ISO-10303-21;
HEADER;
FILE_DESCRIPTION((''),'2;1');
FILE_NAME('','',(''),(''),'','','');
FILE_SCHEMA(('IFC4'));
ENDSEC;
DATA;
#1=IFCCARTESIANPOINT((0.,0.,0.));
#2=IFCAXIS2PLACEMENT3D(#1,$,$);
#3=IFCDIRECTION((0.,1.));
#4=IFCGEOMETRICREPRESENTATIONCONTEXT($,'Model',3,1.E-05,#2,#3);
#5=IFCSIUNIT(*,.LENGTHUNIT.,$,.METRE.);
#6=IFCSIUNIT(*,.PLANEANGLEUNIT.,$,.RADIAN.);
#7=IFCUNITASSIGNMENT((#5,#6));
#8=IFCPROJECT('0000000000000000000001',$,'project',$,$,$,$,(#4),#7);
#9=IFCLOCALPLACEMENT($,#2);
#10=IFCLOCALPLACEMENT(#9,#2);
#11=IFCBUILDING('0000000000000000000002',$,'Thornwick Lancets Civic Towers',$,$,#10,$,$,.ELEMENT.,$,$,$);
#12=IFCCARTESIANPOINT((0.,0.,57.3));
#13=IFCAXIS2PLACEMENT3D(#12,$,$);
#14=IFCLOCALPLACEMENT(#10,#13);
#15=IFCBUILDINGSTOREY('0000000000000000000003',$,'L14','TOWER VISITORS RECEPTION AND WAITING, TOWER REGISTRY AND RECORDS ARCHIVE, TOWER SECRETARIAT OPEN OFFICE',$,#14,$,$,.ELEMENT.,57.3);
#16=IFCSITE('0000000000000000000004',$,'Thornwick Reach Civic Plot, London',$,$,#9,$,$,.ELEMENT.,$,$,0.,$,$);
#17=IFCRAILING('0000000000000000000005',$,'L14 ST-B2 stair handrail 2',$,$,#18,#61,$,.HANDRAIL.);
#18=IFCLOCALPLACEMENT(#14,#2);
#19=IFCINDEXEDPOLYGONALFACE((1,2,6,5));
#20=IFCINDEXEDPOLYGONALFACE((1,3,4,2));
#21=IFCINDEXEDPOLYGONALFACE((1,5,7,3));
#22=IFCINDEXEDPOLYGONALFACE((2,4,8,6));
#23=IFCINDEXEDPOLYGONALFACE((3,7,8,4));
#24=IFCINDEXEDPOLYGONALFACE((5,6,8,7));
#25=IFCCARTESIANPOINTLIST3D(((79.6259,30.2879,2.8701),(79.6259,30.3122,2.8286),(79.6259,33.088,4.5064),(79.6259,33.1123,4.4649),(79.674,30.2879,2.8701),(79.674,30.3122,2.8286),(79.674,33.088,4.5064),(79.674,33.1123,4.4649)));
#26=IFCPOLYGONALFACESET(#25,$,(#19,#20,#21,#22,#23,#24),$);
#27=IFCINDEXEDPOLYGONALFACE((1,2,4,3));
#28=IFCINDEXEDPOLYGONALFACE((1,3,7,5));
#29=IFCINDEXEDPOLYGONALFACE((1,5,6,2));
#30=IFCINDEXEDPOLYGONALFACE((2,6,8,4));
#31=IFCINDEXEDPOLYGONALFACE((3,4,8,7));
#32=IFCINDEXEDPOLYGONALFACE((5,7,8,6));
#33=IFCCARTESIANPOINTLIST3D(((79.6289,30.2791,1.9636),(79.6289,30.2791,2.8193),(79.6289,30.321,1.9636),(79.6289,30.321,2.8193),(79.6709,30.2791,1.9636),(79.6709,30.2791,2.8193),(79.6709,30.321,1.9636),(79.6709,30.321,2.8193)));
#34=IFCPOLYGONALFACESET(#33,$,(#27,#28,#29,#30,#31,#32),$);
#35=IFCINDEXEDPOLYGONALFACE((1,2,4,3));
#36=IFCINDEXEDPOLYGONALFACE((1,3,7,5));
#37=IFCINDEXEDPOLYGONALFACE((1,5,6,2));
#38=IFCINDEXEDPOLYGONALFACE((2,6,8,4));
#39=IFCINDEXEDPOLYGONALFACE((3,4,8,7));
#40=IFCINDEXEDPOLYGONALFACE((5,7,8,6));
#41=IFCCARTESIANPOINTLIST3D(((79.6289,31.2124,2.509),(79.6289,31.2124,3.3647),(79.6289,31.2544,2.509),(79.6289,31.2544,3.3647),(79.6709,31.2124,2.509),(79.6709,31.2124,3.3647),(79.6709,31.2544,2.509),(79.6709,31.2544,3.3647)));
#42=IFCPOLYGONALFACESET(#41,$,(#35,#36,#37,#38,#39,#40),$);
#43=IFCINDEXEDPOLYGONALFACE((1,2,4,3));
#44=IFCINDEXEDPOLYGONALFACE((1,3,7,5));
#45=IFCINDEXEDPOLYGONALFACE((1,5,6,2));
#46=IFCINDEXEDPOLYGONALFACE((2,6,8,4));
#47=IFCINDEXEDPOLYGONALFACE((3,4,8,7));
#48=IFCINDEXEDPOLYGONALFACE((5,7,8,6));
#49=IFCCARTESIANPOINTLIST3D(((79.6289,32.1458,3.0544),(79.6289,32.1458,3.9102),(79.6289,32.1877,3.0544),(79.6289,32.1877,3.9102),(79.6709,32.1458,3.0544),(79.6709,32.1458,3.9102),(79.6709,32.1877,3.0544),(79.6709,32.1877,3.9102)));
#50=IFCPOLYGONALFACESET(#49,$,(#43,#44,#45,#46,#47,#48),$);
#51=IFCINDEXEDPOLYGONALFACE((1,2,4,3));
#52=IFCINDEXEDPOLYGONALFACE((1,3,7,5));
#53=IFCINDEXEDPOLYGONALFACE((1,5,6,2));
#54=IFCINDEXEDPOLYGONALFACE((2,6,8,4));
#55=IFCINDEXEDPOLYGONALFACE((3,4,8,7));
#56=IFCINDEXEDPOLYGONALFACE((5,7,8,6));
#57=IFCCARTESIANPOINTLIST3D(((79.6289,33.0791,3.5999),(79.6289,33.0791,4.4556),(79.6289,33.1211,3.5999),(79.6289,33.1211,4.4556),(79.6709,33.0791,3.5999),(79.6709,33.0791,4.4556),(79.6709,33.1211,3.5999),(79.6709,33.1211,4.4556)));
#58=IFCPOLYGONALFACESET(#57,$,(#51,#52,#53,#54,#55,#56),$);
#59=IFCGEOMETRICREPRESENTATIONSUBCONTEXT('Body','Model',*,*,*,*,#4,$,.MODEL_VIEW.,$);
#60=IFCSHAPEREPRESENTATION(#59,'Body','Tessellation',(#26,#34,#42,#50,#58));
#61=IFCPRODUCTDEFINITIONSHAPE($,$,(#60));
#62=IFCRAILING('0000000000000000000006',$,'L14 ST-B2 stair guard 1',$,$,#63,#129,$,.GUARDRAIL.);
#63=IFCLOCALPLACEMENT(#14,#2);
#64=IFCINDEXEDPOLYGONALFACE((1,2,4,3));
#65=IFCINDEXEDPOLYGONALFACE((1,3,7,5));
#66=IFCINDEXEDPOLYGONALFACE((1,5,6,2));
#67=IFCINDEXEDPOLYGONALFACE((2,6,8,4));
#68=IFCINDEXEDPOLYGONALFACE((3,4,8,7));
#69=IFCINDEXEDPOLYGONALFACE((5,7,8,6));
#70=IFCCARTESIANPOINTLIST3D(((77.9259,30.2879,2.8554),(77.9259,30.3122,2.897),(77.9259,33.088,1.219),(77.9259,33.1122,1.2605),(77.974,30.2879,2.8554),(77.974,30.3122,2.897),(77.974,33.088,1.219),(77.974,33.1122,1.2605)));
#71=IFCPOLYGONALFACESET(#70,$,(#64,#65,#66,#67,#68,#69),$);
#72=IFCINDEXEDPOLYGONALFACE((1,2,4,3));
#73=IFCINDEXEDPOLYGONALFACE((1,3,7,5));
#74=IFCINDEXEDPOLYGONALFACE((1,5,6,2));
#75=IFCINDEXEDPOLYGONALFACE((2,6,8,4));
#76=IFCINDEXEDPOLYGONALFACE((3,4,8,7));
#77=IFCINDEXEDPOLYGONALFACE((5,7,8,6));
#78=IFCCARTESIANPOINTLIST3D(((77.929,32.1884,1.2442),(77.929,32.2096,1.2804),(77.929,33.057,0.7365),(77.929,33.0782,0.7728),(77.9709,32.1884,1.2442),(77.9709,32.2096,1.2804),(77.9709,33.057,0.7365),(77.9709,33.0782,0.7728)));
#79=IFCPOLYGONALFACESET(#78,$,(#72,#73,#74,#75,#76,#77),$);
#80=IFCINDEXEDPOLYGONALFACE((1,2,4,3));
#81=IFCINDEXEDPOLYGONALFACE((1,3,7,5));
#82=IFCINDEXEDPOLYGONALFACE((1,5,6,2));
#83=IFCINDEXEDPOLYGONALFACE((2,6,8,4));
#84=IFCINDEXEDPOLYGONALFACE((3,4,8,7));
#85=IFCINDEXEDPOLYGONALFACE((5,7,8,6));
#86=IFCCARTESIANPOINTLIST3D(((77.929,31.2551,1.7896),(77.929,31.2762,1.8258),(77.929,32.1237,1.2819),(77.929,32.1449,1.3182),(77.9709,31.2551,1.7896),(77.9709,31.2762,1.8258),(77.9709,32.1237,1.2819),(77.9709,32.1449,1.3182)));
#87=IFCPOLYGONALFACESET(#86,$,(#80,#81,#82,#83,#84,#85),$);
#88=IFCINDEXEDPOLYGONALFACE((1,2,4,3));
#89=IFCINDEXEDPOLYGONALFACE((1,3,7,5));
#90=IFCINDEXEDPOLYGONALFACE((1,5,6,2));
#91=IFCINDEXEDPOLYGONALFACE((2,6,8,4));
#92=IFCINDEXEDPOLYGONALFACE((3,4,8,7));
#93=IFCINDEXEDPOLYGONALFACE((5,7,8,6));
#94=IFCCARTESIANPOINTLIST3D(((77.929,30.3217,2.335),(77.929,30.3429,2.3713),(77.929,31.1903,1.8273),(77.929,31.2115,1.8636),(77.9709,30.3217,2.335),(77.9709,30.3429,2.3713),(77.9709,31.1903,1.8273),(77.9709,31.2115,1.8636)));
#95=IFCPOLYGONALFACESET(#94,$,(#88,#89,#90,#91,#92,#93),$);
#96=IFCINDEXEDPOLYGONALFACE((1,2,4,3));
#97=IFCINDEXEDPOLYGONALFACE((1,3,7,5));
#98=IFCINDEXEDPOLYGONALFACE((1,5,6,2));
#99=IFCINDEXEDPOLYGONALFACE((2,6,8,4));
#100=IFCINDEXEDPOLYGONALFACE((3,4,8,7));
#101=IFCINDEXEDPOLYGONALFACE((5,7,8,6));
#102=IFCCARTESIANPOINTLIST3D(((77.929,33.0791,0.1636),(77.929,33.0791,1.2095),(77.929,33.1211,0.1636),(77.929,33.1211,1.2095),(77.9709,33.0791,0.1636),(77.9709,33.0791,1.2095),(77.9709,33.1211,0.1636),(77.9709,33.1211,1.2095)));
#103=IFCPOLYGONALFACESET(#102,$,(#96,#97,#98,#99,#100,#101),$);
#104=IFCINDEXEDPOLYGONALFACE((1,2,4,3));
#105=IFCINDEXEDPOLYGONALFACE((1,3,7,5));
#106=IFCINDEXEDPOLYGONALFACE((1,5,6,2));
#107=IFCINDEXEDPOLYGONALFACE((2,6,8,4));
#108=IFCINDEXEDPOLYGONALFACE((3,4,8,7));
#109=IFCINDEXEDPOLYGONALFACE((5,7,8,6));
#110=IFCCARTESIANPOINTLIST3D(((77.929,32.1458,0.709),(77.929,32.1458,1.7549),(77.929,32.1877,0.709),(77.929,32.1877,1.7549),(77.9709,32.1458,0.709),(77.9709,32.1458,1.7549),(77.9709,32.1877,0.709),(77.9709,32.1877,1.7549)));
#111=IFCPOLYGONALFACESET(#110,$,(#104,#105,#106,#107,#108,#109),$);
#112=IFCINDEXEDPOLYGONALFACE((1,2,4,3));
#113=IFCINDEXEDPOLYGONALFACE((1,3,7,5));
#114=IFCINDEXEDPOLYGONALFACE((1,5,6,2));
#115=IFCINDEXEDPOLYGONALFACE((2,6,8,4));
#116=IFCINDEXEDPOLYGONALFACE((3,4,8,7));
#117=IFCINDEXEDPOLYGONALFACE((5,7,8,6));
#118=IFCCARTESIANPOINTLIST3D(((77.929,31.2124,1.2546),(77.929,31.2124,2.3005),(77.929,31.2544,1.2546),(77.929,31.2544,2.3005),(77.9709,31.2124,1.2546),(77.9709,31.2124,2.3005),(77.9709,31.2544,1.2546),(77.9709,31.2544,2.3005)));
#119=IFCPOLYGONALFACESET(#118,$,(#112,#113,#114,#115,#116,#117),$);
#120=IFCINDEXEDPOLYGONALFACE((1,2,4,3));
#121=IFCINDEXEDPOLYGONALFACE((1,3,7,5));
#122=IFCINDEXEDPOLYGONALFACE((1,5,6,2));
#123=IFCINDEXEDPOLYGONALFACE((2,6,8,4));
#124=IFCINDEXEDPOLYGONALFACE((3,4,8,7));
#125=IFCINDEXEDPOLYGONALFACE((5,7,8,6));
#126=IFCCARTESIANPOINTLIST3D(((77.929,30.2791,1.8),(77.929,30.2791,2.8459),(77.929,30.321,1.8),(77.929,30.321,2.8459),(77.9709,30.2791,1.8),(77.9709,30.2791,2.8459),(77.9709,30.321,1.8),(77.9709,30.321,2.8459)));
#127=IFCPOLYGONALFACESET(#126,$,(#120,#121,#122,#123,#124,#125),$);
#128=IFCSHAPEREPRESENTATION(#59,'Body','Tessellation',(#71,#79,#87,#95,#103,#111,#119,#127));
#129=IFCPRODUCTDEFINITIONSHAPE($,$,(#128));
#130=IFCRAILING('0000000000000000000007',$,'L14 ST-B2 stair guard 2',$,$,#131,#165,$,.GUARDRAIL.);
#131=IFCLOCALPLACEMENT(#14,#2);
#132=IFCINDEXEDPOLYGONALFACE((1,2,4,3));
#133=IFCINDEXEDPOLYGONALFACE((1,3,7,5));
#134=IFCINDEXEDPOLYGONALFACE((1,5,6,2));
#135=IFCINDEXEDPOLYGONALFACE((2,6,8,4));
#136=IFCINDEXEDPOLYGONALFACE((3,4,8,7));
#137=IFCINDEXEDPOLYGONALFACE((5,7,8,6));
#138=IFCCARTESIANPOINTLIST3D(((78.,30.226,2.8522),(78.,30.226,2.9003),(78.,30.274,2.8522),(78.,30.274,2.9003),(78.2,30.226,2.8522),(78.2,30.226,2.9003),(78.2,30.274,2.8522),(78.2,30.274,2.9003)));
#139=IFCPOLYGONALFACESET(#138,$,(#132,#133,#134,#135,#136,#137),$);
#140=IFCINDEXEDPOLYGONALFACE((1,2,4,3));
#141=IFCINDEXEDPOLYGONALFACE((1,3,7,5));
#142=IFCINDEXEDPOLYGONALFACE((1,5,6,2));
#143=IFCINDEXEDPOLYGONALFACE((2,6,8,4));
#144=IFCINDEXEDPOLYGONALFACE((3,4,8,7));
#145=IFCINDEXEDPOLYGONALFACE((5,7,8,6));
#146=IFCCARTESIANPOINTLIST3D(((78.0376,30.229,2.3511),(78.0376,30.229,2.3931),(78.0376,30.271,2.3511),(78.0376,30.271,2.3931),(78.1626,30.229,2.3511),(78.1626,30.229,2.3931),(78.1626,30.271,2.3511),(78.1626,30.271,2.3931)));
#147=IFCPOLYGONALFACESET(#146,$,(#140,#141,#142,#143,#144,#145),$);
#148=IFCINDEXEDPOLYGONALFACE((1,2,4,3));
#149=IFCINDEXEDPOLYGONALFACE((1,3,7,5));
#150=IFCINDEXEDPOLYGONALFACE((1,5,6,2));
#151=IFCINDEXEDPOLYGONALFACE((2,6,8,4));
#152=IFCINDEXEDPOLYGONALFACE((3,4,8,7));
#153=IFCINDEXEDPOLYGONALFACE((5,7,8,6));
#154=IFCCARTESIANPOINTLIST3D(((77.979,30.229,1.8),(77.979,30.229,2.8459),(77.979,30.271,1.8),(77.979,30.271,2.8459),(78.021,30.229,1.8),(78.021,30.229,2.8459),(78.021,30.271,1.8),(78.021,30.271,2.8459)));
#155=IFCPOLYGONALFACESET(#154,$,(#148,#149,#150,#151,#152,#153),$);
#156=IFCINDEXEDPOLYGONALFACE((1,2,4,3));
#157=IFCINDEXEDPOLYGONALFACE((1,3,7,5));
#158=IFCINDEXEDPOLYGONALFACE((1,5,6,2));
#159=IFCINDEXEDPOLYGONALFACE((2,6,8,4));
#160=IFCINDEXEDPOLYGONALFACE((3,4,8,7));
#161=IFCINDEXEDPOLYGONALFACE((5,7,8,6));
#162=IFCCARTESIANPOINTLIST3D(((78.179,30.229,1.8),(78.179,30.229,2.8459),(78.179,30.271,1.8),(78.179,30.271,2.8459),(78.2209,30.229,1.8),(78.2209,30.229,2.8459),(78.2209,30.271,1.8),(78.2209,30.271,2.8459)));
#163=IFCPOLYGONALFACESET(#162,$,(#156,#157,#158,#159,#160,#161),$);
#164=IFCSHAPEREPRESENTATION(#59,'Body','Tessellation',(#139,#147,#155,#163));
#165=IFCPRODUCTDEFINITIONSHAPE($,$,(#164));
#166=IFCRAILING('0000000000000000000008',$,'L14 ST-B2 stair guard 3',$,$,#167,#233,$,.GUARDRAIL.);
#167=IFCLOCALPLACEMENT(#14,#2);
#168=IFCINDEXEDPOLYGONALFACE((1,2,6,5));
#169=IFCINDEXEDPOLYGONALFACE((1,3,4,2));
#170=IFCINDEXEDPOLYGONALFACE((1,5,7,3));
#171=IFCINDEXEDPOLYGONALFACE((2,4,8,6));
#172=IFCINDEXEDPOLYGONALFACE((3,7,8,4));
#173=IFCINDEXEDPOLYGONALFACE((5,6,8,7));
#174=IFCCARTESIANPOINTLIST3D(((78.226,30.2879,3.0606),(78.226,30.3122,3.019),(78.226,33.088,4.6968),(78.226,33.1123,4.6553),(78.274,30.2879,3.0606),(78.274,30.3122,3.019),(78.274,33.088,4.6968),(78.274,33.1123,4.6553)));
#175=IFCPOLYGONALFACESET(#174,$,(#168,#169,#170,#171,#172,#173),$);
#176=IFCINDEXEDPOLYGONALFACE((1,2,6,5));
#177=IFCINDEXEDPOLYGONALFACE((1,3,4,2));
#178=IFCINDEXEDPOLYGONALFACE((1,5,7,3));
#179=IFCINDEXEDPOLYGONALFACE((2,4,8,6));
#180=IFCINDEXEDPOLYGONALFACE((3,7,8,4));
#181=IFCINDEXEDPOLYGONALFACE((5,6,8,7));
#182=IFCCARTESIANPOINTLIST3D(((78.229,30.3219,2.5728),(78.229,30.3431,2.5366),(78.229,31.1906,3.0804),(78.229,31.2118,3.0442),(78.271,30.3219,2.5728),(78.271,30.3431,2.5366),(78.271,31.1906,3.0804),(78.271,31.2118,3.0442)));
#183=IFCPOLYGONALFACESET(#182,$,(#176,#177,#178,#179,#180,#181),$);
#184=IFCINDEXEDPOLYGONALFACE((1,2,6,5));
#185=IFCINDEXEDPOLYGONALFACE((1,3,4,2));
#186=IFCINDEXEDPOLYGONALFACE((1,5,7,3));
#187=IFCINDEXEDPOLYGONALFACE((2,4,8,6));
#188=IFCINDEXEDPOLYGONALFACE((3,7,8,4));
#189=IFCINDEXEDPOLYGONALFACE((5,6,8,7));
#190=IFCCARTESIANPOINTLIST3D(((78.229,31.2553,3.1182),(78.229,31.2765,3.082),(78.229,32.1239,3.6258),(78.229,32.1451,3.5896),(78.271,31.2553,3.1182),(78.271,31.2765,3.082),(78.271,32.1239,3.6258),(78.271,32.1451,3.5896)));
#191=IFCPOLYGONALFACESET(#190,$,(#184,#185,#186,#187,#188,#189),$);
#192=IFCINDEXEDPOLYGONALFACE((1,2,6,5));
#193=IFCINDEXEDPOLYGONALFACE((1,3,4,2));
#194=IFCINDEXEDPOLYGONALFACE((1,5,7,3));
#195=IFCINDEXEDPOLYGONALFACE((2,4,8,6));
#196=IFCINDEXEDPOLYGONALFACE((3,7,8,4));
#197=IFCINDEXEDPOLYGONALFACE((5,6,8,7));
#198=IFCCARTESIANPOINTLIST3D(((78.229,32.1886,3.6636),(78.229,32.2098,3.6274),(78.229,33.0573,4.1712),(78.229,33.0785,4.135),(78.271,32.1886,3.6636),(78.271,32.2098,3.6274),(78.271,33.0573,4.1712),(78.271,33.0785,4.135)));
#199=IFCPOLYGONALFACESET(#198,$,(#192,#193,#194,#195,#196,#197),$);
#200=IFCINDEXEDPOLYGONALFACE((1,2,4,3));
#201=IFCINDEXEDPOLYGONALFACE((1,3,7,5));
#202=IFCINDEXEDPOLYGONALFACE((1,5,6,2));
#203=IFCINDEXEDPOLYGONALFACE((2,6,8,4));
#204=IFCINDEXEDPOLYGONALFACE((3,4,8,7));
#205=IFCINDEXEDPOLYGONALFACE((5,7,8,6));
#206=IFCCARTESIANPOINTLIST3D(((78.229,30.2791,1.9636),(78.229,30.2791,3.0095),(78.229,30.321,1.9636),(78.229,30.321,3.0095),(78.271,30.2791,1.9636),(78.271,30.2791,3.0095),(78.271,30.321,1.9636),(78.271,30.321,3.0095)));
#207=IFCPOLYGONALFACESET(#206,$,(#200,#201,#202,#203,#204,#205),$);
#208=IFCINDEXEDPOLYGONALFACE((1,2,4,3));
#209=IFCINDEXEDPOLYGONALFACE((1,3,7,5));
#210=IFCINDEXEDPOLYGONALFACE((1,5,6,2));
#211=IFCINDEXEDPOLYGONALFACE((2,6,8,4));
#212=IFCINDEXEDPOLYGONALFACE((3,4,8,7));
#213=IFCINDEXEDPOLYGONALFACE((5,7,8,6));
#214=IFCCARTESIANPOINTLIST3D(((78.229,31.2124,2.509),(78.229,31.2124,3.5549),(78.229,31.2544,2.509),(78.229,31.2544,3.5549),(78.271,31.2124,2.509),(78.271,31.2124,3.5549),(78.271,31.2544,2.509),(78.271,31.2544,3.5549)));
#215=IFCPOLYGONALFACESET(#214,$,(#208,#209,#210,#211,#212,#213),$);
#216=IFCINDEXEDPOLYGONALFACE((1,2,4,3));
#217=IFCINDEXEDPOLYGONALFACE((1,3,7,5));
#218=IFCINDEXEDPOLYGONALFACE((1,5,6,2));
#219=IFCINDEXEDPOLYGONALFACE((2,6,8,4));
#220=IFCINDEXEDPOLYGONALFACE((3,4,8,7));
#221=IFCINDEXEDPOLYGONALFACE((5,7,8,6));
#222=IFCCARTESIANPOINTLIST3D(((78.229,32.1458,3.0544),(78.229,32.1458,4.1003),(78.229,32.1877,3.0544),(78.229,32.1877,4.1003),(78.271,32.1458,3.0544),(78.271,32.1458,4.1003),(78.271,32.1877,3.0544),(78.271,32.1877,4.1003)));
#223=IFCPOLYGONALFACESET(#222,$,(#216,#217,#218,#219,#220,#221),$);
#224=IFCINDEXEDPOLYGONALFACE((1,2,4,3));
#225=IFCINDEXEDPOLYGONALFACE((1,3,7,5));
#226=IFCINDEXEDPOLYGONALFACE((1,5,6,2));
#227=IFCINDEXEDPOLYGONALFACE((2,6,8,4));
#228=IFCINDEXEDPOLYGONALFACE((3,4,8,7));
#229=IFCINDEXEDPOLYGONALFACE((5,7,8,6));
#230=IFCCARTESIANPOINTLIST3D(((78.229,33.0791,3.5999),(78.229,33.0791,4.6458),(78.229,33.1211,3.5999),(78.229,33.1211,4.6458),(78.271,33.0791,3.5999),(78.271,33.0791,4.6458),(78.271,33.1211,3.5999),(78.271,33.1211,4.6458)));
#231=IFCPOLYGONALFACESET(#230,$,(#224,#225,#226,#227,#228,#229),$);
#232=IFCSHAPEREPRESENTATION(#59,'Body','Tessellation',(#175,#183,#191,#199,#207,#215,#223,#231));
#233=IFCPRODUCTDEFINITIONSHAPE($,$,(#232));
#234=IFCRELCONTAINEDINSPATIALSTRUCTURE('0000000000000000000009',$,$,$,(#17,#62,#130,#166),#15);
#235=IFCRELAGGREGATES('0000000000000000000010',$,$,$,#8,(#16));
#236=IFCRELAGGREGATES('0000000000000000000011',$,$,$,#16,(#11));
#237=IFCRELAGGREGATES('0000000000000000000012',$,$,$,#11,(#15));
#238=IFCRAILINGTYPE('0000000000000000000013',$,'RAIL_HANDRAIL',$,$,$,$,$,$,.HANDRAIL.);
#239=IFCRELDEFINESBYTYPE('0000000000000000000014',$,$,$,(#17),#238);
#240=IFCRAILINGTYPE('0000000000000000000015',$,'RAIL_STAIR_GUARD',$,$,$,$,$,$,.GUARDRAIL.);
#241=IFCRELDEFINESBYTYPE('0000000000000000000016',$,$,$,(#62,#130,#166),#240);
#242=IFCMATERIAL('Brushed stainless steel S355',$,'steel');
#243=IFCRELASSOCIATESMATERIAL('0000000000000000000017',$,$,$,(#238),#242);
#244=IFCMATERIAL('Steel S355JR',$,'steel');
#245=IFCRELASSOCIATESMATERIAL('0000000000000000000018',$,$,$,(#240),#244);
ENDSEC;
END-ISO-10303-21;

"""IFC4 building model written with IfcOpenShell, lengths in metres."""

from ifc_helpers import new_model, si_unit, direction, frame, origin, origin_2d, place, context, subcontext, project, spatial, rectangle, extrude, material, type_object, element, save


model = new_model("IFC4")

# Units and contexts
model_context = context("Model", 3, precision=1e-05, world=origin(), true_north=direction((0.0, 1.0)))
body_context = subcontext(model_context, "Body", "Model", "MODEL_VIEW")
ifc_project = project(units=[si_unit("LENGTHUNIT", "METRE"), si_unit("PLANEANGLEUNIT", "RADIAN")], contexts=[model_context])

# Site, building, storey
site_placement = place(None, origin())
site = spatial("IfcSite", under=ifc_project, at=site_placement, Name="Thornwick Reach Civic Plot, London", CompositionType="ELEMENT", RefElevation=0.0)
building_placement = place(site_placement, origin())
building = spatial("IfcBuilding", under=site, at=building_placement, Name="Thornwick Lancets Civic Towers", CompositionType="ELEMENT")
storey_placement = place(building_placement, frame((0.0, 0.0, 57.3)))
storey = spatial("IfcBuildingStorey", under=building, at=storey_placement, Name="L14", Description="TOWER VISITORS RECEPTION AND WAITING, TOWER REGISTRY AND RECORDS ARCHIVE, TOWER SECRETARIAT OPEN OFFICE", CompositionType="ELEMENT", Elevation=57.3)

# Shared definitions
ifc_material_1 = material(Name="Steel S355JR", Category="steel")

# Railings
ifc_material_2 = material(Name="Brushed stainless steel S355", Category="steel")
railing_type_1 = type_object("IfcRailingType", Name="RAIL_HANDRAIL", PredefinedType="HANDRAIL", material=ifc_material_2)
railing_1_placement = place(storey_placement, frame((79.6499, 30.3, 1.9636)))
element("IfcRailing", 1, at=railing_1_placement, inside=storey, type_object=railing_type_1, Name="L14 ST-B2 stair handrail 2", PredefinedType="HANDRAIL", context=body_context, shape_type="SweptSolid", body=[
    extrude(rectangle(XDim=0.0481, YDim=0.0481, at=origin_2d()), frame((0.0, 0.0, 0.8857), z_axis=(0.0, 0.863394, 0.504531), x_axis=(-1.0, 0.0, 0.0)), (0.0, 0.0, 1.0), 3.2432),
    extrude(rectangle(XDim=0.042, YDim=0.042, at=origin_2d()), origin(), (0.0, 0.0, 1.0), 0.8557),
    extrude(rectangle(XDim=0.042, YDim=0.042, at=origin_2d()), frame((0.0, 0.9333, 0.5454)), (0.0, 0.0, 1.0), 0.8557),
    extrude(rectangle(XDim=0.042, YDim=0.042, at=origin_2d()), frame((0.0, 1.8667, 1.0908)), (0.0, 0.0, 1.0), 0.8557),
    extrude(rectangle(XDim=0.042, YDim=0.042, at=origin_2d()), frame((0.0, 2.8, 1.6362)), (0.0, 0.0, 1.0), 0.8557),
])
railing_type_2 = type_object("IfcRailingType", Name="RAIL_STAIR_GUARD", PredefinedType="GUARDRAIL", material=ifc_material_1)
railing_2_placement = place(storey_placement, frame((77.95, 33.1001, 0.1636)))
element("IfcRailing", 2, at=railing_2_placement, inside=storey, type_object=railing_type_2, Name="L14 ST-B2 stair guard 1", PredefinedType="GUARDRAIL", context=body_context, shape_type="SweptSolid", body=[
    extrude(rectangle(XDim=0.0481, YDim=0.0481, at=origin_2d()), frame((0.0, 0.0, 1.0762), z_axis=(0.0, -0.863361, 0.504587), x_axis=(1.0, 0.0, 0.0)), (0.0, 0.0, 1.0), 3.2432),
    extrude(rectangle(XDim=0.042, YDim=0.042, at=origin_2d()), frame((0.0, -0.0325, 0.5911), z_axis=(0.0, -0.863361, 0.504587), x_axis=(1.0, 0.0, 0.0)), (0.0, 0.0, 1.0), 1.0061),
    extrude(rectangle(XDim=0.042, YDim=0.042, at=origin_2d()), frame((0.0, -0.9658, 1.1365), z_axis=(0.0, -0.863361, 0.504587), x_axis=(1.0, 0.0, 0.0)), (0.0, 0.0, 1.0), 1.0061),
    extrude(rectangle(XDim=0.042, YDim=0.042, at=origin_2d()), frame((0.0, -1.8992, 1.6819), z_axis=(0.0, -0.863361, 0.504587), x_axis=(1.0, 0.0, 0.0)), (0.0, 0.0, 1.0), 1.0061),
    extrude(rectangle(XDim=0.042, YDim=0.042, at=origin_2d()), origin(), (0.0, 0.0, 1.0), 1.0459),
    extrude(rectangle(XDim=0.042, YDim=0.042, at=origin_2d()), frame((0.0, -0.9333, 0.5454)), (0.0, 0.0, 1.0), 1.0459),
    extrude(rectangle(XDim=0.042, YDim=0.042, at=origin_2d()), frame((0.0, -1.8667, 1.0911)), (0.0, 0.0, 1.0), 1.0459),
    extrude(rectangle(XDim=0.042, YDim=0.042, at=origin_2d()), frame((0.0, -2.8, 1.6365)), (0.0, 0.0, 1.0), 1.0459),
])
railing_3_placement = place(storey_placement, frame((78.0, 30.25, 1.8)))
element("IfcRailing", 3, at=railing_3_placement, inside=storey, type_object=railing_type_2, Name="L14 ST-B2 stair guard 2", PredefinedType="GUARDRAIL", context=body_context, shape_type="SweptSolid", body=[
    extrude(rectangle(XDim=0.0481, YDim=0.0481, at=origin_2d()), frame((0.0, 0.0, 1.0762), z_axis=(1.0, 0.0, 0.0), x_axis=(0.0, 1.0, 0.0)), (0.0, 0.0, 1.0), 0.2),
    extrude(rectangle(XDim=0.042, YDim=0.042, at=origin_2d()), frame((0.0376, 0.0, 0.572), z_axis=(1.0, 0.0, 0.0), x_axis=(0.0, 1.0, 0.0)), (0.0, 0.0, 1.0), 0.125),
    extrude(rectangle(XDim=0.042, YDim=0.042, at=origin_2d()), origin(), (0.0, 0.0, 1.0), 1.0459),
    extrude(rectangle(XDim=0.042, YDim=0.042, at=origin_2d()), frame((0.2, 0.0, 0.0)), (0.0, 0.0, 1.0), 1.0459),
])
railing_4_placement = place(storey_placement, frame((78.25, 30.3, 1.9636)))
element("IfcRailing", 4, at=railing_4_placement, inside=storey, type_object=railing_type_2, Name="L14 ST-B2 stair guard 3", PredefinedType="GUARDRAIL", context=body_context, shape_type="SweptSolid", body=[
    extrude(rectangle(XDim=0.0481, YDim=0.0481, at=origin_2d()), frame((0.0, 0.0, 1.0762), z_axis=(0.0, 0.863394, 0.504531), x_axis=(-1.0, 0.0, 0.0)), (0.0, 0.0, 1.0), 3.2432),
    extrude(rectangle(XDim=0.042, YDim=0.042, at=origin_2d()), frame((0.0, 0.0325, 0.5911), z_axis=(0.0, 0.863394, 0.504531), x_axis=(-1.0, 0.0, 0.0)), (0.0, 0.0, 1.0), 1.0061),
    extrude(rectangle(XDim=0.042, YDim=0.042, at=origin_2d()), frame((0.0, 0.9658, 1.1365), z_axis=(0.0, 0.863394, 0.504531), x_axis=(-1.0, 0.0, 0.0)), (0.0, 0.0, 1.0), 1.0061),
    extrude(rectangle(XDim=0.042, YDim=0.042, at=origin_2d()), frame((0.0, 1.8992, 1.6819), z_axis=(0.0, 0.863394, 0.504531), x_axis=(-1.0, 0.0, 0.0)), (0.0, 0.0, 1.0), 1.0061),
    extrude(rectangle(XDim=0.042, YDim=0.042, at=origin_2d()), origin(), (0.0, 0.0, 1.0), 1.0459),
    extrude(rectangle(XDim=0.042, YDim=0.042, at=origin_2d()), frame((0.0, 0.9333, 0.5454)), (0.0, 0.0, 1.0), 1.0459),
    extrude(rectangle(XDim=0.042, YDim=0.042, at=origin_2d()), frame((0.0, 1.8667, 1.0908)), (0.0, 0.0, 1.0), 1.0459),
    extrude(rectangle(XDim=0.042, YDim=0.042, at=origin_2d()), frame((0.0, 2.8, 1.6362)), (0.0, 0.0, 1.0), 1.0459),
])

save(model, "model.ifc")
